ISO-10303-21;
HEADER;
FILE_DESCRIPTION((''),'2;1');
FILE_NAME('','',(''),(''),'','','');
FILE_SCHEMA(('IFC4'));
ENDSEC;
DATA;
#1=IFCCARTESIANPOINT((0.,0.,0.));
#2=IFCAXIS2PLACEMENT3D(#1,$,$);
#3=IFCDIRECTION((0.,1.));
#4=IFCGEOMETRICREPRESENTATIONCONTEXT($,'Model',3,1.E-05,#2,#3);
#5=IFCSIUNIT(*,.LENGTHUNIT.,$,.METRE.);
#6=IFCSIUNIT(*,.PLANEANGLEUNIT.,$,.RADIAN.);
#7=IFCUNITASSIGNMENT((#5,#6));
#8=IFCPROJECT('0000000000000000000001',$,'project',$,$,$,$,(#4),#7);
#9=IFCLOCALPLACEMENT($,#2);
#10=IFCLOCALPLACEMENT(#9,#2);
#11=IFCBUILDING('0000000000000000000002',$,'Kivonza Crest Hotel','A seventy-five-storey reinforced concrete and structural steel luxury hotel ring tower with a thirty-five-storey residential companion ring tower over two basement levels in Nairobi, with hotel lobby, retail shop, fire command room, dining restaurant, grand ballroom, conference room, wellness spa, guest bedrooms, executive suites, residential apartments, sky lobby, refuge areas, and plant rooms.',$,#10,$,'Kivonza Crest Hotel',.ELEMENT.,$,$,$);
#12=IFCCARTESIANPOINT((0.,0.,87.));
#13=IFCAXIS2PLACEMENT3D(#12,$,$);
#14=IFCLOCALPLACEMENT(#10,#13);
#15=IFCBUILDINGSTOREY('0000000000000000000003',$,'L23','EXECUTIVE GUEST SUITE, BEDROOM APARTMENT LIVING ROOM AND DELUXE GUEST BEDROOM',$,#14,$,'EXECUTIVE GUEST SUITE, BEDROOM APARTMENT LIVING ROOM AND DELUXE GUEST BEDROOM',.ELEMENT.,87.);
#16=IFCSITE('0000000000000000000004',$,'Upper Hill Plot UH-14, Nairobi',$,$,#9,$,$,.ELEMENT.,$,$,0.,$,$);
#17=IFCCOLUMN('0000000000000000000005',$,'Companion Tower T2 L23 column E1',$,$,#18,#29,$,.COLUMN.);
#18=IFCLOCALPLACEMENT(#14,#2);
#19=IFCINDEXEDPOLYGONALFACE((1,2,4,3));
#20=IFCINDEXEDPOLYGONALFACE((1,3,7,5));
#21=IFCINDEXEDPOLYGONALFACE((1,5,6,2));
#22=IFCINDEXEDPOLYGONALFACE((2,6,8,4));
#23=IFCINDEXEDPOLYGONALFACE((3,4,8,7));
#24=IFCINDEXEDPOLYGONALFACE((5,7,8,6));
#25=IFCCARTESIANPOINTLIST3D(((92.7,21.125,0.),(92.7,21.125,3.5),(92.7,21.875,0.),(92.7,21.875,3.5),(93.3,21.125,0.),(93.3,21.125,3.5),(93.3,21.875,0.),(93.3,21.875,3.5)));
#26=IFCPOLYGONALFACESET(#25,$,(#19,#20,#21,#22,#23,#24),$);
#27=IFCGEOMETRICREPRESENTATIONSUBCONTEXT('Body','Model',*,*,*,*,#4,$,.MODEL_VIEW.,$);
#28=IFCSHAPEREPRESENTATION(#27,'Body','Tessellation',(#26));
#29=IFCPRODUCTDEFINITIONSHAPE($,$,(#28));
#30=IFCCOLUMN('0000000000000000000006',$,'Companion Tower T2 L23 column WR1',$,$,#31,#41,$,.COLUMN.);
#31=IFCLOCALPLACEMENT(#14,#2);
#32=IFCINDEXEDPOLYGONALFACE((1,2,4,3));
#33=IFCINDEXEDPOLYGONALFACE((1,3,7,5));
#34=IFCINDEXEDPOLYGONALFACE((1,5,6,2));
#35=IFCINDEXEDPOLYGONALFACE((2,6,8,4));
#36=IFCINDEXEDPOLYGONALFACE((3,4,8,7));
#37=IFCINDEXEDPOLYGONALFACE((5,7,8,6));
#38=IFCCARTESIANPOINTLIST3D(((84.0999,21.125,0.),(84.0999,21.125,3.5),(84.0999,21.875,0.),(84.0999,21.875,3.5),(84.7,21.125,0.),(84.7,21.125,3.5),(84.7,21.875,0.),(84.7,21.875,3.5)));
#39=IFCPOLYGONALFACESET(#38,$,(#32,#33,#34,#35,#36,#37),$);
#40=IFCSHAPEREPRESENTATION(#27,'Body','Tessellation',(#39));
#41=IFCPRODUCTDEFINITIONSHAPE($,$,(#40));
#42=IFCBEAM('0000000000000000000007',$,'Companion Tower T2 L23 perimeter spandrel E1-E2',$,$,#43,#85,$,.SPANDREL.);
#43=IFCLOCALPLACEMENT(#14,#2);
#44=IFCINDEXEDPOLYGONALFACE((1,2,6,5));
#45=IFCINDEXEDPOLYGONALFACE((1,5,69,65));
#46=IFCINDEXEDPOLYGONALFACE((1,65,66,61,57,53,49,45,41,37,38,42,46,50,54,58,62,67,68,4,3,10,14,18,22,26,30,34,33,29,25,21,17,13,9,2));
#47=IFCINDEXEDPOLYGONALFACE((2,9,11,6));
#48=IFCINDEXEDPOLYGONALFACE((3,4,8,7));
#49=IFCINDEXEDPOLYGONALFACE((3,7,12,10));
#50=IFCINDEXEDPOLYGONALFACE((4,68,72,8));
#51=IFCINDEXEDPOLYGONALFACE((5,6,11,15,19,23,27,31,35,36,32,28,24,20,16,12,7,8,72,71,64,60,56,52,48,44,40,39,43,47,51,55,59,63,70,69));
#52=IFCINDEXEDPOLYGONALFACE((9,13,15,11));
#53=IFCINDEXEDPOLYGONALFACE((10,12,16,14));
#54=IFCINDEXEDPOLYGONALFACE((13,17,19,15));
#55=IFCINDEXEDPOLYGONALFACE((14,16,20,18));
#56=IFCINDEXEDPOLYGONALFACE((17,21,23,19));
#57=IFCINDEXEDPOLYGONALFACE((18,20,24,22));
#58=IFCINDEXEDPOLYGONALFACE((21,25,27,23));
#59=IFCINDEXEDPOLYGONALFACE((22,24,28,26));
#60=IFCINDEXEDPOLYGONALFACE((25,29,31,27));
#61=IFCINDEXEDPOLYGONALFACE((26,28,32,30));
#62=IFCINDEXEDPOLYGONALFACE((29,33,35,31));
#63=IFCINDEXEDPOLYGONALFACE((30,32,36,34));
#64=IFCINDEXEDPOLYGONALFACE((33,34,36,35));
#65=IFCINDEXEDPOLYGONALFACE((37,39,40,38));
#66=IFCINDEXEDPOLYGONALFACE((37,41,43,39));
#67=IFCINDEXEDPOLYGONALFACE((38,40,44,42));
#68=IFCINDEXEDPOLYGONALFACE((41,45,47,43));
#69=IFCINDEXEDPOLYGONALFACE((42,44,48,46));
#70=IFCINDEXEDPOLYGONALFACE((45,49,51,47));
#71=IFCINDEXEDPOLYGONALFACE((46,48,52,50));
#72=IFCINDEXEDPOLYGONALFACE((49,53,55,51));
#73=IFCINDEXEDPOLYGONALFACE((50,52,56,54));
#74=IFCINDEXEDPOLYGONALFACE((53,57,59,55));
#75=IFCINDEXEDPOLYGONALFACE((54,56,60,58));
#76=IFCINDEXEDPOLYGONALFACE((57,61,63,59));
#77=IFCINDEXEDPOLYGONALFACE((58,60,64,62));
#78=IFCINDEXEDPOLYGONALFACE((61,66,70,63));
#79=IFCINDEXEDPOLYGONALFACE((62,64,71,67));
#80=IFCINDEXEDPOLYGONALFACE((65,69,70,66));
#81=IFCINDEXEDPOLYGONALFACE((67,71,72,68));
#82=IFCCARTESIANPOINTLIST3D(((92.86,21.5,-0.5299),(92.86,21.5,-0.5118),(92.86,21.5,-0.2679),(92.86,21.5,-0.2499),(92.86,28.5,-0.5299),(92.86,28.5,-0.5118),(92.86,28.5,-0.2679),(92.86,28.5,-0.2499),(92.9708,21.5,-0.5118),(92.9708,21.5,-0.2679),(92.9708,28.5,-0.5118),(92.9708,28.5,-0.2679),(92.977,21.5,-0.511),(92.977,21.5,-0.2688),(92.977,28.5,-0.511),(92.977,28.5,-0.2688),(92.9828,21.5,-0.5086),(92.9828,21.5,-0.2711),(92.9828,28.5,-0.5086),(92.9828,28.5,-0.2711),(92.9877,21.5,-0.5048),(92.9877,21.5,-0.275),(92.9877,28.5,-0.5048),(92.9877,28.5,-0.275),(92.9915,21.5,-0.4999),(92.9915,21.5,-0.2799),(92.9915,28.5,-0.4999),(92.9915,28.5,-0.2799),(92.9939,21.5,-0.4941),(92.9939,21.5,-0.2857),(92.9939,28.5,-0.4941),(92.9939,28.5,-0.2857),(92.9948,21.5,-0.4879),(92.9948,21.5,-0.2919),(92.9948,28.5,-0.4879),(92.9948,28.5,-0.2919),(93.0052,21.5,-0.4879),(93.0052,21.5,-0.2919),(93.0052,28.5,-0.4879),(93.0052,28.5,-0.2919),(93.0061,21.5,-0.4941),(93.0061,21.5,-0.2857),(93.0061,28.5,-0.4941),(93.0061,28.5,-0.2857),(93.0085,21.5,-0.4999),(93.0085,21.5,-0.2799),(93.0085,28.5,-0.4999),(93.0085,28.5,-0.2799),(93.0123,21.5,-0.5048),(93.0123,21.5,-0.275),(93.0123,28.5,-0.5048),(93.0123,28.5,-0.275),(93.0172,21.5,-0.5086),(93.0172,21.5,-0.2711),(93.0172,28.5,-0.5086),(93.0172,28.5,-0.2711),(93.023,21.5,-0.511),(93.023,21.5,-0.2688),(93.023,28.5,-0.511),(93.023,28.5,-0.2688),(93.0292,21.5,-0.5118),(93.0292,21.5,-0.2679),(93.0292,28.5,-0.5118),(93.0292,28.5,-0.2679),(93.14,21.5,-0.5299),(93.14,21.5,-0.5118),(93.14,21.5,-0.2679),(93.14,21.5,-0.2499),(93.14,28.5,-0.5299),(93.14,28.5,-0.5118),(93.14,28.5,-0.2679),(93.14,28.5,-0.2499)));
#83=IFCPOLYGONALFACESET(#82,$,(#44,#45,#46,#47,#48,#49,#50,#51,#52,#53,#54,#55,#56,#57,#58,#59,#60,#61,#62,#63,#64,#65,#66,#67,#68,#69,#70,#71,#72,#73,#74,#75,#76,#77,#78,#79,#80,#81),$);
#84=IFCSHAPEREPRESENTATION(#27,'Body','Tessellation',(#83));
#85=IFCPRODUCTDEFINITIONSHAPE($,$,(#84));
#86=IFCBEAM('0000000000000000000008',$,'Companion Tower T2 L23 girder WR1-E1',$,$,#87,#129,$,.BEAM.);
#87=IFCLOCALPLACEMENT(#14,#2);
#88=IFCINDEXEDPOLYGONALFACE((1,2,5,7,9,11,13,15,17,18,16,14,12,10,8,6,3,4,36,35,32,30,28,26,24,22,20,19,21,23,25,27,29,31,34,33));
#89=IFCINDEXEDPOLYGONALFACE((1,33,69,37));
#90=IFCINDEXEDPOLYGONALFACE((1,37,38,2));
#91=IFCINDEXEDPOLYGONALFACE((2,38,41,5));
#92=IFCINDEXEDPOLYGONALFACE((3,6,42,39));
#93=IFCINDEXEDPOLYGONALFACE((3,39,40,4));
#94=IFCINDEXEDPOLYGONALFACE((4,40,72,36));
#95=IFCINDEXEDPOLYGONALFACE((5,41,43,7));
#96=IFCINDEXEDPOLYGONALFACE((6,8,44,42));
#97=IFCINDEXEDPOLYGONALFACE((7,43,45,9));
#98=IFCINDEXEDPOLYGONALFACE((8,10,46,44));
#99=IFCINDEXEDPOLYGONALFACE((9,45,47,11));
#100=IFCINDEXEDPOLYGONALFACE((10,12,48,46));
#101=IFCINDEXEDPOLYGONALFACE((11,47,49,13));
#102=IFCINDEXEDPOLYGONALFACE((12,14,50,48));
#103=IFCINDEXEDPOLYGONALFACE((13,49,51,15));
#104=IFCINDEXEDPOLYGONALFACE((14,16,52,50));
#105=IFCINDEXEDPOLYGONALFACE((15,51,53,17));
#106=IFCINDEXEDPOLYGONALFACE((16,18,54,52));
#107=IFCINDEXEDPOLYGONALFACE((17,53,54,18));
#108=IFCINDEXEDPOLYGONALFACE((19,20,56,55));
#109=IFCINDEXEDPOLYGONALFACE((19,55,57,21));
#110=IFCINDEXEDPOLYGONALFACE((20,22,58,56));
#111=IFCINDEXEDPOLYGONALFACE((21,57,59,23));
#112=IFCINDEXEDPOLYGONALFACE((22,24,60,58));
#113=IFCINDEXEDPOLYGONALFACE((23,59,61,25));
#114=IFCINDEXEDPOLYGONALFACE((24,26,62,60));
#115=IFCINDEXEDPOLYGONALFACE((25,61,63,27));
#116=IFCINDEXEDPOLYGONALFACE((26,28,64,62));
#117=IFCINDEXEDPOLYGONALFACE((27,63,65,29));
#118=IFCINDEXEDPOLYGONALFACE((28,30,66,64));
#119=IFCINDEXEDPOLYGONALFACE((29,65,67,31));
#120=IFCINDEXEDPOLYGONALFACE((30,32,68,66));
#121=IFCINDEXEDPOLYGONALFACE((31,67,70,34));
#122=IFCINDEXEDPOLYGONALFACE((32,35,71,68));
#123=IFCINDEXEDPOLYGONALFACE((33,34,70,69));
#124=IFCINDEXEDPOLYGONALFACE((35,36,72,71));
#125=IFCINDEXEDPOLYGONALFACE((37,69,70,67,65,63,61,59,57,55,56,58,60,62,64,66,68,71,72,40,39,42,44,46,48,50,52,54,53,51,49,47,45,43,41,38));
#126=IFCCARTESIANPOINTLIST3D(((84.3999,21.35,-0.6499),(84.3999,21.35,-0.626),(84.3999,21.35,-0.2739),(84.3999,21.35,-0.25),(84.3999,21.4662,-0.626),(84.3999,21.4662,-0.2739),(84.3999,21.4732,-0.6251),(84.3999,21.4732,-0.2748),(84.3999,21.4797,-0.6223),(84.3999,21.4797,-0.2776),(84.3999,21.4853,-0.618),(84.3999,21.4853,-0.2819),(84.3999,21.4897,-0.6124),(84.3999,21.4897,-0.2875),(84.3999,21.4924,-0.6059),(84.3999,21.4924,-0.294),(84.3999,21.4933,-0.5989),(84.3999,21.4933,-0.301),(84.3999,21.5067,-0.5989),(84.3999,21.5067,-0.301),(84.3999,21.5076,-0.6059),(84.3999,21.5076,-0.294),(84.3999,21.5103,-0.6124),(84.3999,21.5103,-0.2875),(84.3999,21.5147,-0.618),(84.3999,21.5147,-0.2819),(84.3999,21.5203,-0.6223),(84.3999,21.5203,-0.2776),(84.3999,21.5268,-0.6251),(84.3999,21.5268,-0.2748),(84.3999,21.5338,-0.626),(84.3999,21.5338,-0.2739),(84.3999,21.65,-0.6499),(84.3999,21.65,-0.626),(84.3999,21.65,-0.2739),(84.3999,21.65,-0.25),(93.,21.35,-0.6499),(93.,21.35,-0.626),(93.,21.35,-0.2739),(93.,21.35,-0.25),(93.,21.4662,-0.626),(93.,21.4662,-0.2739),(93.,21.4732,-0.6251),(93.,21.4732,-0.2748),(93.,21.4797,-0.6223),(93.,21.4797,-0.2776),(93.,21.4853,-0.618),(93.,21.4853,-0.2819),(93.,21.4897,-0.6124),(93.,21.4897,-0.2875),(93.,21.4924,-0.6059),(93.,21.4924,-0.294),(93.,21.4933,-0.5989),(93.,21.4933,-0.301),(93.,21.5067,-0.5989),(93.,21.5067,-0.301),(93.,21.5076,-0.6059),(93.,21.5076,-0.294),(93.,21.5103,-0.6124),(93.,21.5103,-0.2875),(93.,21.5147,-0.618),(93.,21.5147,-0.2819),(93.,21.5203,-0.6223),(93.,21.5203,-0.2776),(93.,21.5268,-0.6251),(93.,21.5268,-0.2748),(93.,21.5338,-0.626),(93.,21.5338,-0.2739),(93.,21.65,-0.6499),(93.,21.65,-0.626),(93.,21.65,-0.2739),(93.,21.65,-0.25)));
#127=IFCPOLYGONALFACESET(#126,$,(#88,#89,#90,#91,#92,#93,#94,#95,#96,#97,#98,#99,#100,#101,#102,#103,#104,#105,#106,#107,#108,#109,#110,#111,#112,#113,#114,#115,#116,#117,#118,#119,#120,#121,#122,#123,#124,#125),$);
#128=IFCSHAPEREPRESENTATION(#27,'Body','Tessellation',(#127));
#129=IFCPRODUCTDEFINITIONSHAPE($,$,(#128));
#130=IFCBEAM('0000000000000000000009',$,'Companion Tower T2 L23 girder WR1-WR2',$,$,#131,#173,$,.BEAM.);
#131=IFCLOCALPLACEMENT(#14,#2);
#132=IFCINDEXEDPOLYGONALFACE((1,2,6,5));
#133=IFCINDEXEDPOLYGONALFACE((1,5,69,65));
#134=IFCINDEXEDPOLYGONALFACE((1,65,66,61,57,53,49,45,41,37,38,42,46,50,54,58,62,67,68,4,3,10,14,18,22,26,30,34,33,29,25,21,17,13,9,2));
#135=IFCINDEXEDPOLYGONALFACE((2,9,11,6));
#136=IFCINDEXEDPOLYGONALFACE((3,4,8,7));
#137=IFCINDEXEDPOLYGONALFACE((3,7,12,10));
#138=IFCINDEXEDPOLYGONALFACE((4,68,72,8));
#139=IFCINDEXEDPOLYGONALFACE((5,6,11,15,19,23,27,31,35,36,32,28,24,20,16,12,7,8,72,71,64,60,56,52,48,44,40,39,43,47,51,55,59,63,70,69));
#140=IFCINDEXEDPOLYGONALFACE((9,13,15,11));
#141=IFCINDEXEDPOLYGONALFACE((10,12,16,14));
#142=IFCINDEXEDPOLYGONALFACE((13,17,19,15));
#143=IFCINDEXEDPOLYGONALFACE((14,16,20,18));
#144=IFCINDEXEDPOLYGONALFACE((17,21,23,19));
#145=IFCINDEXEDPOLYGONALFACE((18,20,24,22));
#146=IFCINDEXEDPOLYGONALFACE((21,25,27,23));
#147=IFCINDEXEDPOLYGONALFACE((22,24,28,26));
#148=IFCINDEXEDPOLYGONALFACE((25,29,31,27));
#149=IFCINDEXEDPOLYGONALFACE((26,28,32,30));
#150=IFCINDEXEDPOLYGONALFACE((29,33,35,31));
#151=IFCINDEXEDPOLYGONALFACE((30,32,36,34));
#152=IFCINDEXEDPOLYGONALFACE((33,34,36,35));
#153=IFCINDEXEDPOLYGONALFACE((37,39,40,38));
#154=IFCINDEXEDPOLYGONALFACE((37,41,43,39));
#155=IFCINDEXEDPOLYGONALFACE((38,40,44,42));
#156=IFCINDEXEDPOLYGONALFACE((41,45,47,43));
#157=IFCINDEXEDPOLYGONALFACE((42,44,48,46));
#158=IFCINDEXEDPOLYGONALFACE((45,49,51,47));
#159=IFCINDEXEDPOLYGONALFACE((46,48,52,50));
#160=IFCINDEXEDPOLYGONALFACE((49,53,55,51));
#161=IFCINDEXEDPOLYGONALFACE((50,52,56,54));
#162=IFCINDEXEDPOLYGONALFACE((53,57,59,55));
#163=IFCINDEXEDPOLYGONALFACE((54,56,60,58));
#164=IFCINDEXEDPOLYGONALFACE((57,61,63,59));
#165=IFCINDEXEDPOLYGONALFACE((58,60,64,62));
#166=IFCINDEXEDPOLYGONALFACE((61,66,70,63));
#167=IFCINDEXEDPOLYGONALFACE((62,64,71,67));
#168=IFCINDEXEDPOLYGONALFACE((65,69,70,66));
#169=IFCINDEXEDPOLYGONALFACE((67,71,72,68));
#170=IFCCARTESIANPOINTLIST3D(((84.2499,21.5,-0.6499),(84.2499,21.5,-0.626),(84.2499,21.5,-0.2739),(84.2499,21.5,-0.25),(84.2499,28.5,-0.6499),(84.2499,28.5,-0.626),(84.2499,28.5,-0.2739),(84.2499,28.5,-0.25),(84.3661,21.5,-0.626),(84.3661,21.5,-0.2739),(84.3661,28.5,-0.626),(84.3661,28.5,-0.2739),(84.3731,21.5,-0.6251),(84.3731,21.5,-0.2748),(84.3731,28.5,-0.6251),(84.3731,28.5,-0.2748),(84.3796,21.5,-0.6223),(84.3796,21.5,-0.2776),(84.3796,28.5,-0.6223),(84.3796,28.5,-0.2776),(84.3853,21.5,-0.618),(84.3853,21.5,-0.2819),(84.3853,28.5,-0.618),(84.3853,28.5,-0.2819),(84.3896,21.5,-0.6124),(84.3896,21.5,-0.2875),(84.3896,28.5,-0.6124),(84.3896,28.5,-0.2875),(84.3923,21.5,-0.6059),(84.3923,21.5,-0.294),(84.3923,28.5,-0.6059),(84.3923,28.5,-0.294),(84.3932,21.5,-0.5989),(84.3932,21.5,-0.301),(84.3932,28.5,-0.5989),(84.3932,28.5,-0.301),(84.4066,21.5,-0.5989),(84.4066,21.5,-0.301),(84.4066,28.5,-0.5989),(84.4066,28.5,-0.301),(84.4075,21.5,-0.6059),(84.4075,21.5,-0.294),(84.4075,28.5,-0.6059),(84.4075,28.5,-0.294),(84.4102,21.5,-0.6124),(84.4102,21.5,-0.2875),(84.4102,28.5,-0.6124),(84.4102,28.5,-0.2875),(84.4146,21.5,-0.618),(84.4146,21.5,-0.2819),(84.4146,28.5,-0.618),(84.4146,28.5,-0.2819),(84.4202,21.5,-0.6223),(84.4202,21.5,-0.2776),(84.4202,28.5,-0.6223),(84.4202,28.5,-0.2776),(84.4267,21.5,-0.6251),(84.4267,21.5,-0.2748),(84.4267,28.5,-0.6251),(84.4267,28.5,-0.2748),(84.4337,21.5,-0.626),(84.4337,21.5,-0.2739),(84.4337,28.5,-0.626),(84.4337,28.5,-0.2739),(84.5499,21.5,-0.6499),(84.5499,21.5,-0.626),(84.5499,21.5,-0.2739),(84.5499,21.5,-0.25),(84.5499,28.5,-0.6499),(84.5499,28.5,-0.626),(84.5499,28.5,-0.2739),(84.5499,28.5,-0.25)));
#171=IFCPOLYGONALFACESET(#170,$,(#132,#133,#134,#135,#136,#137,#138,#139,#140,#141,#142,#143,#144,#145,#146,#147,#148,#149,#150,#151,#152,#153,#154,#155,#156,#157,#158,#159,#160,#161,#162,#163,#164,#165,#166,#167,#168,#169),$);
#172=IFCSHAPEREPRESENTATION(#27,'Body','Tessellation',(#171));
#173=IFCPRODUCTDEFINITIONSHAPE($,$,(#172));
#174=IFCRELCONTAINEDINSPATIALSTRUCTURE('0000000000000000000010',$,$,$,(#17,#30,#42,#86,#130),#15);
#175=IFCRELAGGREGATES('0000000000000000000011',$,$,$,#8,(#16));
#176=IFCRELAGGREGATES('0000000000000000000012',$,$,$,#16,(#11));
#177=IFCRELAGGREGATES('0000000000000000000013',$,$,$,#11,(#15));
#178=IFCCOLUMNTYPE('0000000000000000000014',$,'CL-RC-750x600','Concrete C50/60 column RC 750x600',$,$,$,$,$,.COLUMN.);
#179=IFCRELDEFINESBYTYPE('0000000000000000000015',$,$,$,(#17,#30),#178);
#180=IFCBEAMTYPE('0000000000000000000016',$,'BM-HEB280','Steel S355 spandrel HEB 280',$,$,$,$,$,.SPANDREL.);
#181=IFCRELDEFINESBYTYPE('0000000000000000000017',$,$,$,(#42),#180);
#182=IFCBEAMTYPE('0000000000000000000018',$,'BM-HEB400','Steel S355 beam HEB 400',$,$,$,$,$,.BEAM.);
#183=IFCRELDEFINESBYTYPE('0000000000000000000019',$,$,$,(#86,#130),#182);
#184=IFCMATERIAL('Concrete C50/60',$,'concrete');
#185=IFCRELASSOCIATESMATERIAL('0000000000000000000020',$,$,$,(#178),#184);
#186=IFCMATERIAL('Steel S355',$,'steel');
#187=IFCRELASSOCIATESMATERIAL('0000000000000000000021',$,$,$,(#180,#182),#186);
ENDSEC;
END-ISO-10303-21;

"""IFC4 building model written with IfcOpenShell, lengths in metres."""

from ifc_helpers import new_model, si_unit, direction, frame, origin, origin_2d, place, context, subcontext, project, spatial, rectangle, i_section, extrude, material, material_profile, profile_set, type_object, element, save


model = new_model("IFC4")

# Units and contexts
model_context = context("Model", 3, precision=1e-05, world=origin(), true_north=direction((0.0, 1.0)))
body_context = subcontext(model_context, "Body", "Model", "MODEL_VIEW")
ifc_project = project(units=[si_unit("LENGTHUNIT", "METRE"), si_unit("PLANEANGLEUNIT", "RADIAN")], contexts=[model_context])

# Site, building, storey
site_placement = place(None, origin())
site = spatial("IfcSite", under=ifc_project, at=site_placement, Name="Upper Hill Plot UH-14, Nairobi", CompositionType="ELEMENT", RefElevation=0.0)
building_placement = place(site_placement, origin())
building = spatial("IfcBuilding", under=site, at=building_placement, Name="Kivonza Crest Hotel", Description="A seventy-five-storey reinforced concrete and structural steel luxury hotel ring tower with a thirty-five-storey residential companion ring tower over two basement levels in Nairobi, with hotel lobby, retail shop, fire command room, dining restaurant, grand ballroom, conference room, wellness spa, guest bedrooms, executive suites, residential apartments, sky lobby, refuge areas, and plant rooms.", LongName="Kivonza Crest Hotel", CompositionType="ELEMENT")
storey_placement = place(building_placement, frame((0.0, 0.0, 87.0)))
storey = spatial("IfcBuildingStorey", under=building, at=storey_placement, Name="L23", Description="EXECUTIVE GUEST SUITE, BEDROOM APARTMENT LIVING ROOM AND DELUXE GUEST BEDROOM", LongName="EXECUTIVE GUEST SUITE, BEDROOM APARTMENT LIVING ROOM AND DELUXE GUEST BEDROOM", CompositionType="ELEMENT", Elevation=87.0)

# Columns
ifc_material_1 = material(Name="Concrete C50/60", Category="concrete")
ifc_material_profile_1 = material_profile(ifc_material_1, rectangle(XDim=0.6001, YDim=0.75, at=origin_2d()), Name="RC 750x600")
ifc_profile_set_1 = profile_set([ifc_material_profile_1], Name="Concrete C50/60")
column_type = type_object("IfcColumnType", Name="CL-RC-750x600", Description="Concrete C50/60 column RC 750x600", PredefinedType="COLUMN", material=ifc_profile_set_1)
for number, where, z_axis, x_axis, name in (
    (1, (93.0, 21.5, 0.0), (0.0, 0.0, 1.0), (1.0, 0.0, 0.0), "Companion Tower T2 L23 column E1"),
    (2, (84.3999, 21.5, 0.0), (0.0, 0.0, 1.0), (1.0, 0.0, 0.0), "Companion Tower T2 L23 column WR1"),
):
    element("IfcColumn", number, at=place(storey_placement, frame(where, z_axis=z_axis, x_axis=x_axis)), inside=storey, type_object=column_type, Name=name, PredefinedType="COLUMN", context=body_context, shape_type="SweptSolid", body=[
        extrude(rectangle(XDim=0.6001, YDim=0.75, at=origin_2d()), origin(), (0.0, 0.0, 1.0), 3.5),
    ])

# Beams
ifc_material_2 = material(Name="Steel S355", Category="steel")
ifc_material_profile_2 = material_profile(ifc_material_2, i_section(OverallWidth=0.28, OverallDepth=0.28, WebThickness=0.0105, FlangeThickness=0.0181, FilletRadius=0.0239, at=origin_2d()), Name="HEB 280")
ifc_profile_set_2 = profile_set([ifc_material_profile_2], Name="Steel S355")
beam_type_1 = type_object("IfcBeamType", Name="BM-HEB280", Description="Steel S355 spandrel HEB 280", PredefinedType="SPANDREL", material=ifc_profile_set_2)
beam_1_placement = place(storey_placement, frame((93.0, 21.5, -0.3899), z_axis=(0.0, 1.0, 0.0), x_axis=(-1.0, 0.0, 0.0)))
element("IfcBeam", 3, at=beam_1_placement, inside=storey, type_object=beam_type_1, Name="Companion Tower T2 L23 perimeter spandrel E1-E2", PredefinedType="SPANDREL", context=body_context, shape_type="SweptSolid", body=[
    extrude(i_section(OverallWidth=0.28, OverallDepth=0.28, WebThickness=0.0105, FlangeThickness=0.0181, FilletRadius=0.0239, at=origin_2d()), origin(), (0.0, 0.0, 1.0), 7.0),
])
ifc_material_profile_3 = material_profile(ifc_material_2, i_section(OverallWidth=0.3, OverallDepth=0.3999, WebThickness=0.0134, FlangeThickness=0.0239, FilletRadius=0.0271, at=origin_2d()), Name="HEB 400")
ifc_profile_set_3 = profile_set([ifc_material_profile_3], Name="Steel S355")
beam_type_2 = type_object("IfcBeamType", Name="BM-HEB400", Description="Steel S355 beam HEB 400", PredefinedType="BEAM", material=ifc_profile_set_3)
beam_2_placement = place(storey_placement, frame((84.3999, 21.5, -0.45), z_axis=(1.0, 0.0, 0.0), x_axis=(0.0, 1.0, 0.0)))
element("IfcBeam", 4, at=beam_2_placement, inside=storey, type_object=beam_type_2, Name="Companion Tower T2 L23 girder WR1-E1", PredefinedType="BEAM", context=body_context, shape_type="SweptSolid", body=[
    extrude(i_section(OverallWidth=0.3, OverallDepth=0.3999, WebThickness=0.0134, FlangeThickness=0.0239, FilletRadius=0.0271, at=origin_2d()), origin(), (0.0, 0.0, 1.0), 8.6001),
])
beam_3_placement = place(storey_placement, frame((84.3999, 21.5, -0.45), z_axis=(0.0, 1.0, 0.0), x_axis=(-1.0, 0.0, 0.0)))
element("IfcBeam", 5, at=beam_3_placement, inside=storey, type_object=beam_type_2, Name="Companion Tower T2 L23 girder WR1-WR2", PredefinedType="BEAM", context=body_context, shape_type="SweptSolid", body=[
    extrude(i_section(OverallWidth=0.3, OverallDepth=0.3999, WebThickness=0.0134, FlangeThickness=0.0239, FilletRadius=0.0271, at=origin_2d()), origin(), (0.0, 0.0, 1.0), 7.0),
])

save(model, "model.ifc")
